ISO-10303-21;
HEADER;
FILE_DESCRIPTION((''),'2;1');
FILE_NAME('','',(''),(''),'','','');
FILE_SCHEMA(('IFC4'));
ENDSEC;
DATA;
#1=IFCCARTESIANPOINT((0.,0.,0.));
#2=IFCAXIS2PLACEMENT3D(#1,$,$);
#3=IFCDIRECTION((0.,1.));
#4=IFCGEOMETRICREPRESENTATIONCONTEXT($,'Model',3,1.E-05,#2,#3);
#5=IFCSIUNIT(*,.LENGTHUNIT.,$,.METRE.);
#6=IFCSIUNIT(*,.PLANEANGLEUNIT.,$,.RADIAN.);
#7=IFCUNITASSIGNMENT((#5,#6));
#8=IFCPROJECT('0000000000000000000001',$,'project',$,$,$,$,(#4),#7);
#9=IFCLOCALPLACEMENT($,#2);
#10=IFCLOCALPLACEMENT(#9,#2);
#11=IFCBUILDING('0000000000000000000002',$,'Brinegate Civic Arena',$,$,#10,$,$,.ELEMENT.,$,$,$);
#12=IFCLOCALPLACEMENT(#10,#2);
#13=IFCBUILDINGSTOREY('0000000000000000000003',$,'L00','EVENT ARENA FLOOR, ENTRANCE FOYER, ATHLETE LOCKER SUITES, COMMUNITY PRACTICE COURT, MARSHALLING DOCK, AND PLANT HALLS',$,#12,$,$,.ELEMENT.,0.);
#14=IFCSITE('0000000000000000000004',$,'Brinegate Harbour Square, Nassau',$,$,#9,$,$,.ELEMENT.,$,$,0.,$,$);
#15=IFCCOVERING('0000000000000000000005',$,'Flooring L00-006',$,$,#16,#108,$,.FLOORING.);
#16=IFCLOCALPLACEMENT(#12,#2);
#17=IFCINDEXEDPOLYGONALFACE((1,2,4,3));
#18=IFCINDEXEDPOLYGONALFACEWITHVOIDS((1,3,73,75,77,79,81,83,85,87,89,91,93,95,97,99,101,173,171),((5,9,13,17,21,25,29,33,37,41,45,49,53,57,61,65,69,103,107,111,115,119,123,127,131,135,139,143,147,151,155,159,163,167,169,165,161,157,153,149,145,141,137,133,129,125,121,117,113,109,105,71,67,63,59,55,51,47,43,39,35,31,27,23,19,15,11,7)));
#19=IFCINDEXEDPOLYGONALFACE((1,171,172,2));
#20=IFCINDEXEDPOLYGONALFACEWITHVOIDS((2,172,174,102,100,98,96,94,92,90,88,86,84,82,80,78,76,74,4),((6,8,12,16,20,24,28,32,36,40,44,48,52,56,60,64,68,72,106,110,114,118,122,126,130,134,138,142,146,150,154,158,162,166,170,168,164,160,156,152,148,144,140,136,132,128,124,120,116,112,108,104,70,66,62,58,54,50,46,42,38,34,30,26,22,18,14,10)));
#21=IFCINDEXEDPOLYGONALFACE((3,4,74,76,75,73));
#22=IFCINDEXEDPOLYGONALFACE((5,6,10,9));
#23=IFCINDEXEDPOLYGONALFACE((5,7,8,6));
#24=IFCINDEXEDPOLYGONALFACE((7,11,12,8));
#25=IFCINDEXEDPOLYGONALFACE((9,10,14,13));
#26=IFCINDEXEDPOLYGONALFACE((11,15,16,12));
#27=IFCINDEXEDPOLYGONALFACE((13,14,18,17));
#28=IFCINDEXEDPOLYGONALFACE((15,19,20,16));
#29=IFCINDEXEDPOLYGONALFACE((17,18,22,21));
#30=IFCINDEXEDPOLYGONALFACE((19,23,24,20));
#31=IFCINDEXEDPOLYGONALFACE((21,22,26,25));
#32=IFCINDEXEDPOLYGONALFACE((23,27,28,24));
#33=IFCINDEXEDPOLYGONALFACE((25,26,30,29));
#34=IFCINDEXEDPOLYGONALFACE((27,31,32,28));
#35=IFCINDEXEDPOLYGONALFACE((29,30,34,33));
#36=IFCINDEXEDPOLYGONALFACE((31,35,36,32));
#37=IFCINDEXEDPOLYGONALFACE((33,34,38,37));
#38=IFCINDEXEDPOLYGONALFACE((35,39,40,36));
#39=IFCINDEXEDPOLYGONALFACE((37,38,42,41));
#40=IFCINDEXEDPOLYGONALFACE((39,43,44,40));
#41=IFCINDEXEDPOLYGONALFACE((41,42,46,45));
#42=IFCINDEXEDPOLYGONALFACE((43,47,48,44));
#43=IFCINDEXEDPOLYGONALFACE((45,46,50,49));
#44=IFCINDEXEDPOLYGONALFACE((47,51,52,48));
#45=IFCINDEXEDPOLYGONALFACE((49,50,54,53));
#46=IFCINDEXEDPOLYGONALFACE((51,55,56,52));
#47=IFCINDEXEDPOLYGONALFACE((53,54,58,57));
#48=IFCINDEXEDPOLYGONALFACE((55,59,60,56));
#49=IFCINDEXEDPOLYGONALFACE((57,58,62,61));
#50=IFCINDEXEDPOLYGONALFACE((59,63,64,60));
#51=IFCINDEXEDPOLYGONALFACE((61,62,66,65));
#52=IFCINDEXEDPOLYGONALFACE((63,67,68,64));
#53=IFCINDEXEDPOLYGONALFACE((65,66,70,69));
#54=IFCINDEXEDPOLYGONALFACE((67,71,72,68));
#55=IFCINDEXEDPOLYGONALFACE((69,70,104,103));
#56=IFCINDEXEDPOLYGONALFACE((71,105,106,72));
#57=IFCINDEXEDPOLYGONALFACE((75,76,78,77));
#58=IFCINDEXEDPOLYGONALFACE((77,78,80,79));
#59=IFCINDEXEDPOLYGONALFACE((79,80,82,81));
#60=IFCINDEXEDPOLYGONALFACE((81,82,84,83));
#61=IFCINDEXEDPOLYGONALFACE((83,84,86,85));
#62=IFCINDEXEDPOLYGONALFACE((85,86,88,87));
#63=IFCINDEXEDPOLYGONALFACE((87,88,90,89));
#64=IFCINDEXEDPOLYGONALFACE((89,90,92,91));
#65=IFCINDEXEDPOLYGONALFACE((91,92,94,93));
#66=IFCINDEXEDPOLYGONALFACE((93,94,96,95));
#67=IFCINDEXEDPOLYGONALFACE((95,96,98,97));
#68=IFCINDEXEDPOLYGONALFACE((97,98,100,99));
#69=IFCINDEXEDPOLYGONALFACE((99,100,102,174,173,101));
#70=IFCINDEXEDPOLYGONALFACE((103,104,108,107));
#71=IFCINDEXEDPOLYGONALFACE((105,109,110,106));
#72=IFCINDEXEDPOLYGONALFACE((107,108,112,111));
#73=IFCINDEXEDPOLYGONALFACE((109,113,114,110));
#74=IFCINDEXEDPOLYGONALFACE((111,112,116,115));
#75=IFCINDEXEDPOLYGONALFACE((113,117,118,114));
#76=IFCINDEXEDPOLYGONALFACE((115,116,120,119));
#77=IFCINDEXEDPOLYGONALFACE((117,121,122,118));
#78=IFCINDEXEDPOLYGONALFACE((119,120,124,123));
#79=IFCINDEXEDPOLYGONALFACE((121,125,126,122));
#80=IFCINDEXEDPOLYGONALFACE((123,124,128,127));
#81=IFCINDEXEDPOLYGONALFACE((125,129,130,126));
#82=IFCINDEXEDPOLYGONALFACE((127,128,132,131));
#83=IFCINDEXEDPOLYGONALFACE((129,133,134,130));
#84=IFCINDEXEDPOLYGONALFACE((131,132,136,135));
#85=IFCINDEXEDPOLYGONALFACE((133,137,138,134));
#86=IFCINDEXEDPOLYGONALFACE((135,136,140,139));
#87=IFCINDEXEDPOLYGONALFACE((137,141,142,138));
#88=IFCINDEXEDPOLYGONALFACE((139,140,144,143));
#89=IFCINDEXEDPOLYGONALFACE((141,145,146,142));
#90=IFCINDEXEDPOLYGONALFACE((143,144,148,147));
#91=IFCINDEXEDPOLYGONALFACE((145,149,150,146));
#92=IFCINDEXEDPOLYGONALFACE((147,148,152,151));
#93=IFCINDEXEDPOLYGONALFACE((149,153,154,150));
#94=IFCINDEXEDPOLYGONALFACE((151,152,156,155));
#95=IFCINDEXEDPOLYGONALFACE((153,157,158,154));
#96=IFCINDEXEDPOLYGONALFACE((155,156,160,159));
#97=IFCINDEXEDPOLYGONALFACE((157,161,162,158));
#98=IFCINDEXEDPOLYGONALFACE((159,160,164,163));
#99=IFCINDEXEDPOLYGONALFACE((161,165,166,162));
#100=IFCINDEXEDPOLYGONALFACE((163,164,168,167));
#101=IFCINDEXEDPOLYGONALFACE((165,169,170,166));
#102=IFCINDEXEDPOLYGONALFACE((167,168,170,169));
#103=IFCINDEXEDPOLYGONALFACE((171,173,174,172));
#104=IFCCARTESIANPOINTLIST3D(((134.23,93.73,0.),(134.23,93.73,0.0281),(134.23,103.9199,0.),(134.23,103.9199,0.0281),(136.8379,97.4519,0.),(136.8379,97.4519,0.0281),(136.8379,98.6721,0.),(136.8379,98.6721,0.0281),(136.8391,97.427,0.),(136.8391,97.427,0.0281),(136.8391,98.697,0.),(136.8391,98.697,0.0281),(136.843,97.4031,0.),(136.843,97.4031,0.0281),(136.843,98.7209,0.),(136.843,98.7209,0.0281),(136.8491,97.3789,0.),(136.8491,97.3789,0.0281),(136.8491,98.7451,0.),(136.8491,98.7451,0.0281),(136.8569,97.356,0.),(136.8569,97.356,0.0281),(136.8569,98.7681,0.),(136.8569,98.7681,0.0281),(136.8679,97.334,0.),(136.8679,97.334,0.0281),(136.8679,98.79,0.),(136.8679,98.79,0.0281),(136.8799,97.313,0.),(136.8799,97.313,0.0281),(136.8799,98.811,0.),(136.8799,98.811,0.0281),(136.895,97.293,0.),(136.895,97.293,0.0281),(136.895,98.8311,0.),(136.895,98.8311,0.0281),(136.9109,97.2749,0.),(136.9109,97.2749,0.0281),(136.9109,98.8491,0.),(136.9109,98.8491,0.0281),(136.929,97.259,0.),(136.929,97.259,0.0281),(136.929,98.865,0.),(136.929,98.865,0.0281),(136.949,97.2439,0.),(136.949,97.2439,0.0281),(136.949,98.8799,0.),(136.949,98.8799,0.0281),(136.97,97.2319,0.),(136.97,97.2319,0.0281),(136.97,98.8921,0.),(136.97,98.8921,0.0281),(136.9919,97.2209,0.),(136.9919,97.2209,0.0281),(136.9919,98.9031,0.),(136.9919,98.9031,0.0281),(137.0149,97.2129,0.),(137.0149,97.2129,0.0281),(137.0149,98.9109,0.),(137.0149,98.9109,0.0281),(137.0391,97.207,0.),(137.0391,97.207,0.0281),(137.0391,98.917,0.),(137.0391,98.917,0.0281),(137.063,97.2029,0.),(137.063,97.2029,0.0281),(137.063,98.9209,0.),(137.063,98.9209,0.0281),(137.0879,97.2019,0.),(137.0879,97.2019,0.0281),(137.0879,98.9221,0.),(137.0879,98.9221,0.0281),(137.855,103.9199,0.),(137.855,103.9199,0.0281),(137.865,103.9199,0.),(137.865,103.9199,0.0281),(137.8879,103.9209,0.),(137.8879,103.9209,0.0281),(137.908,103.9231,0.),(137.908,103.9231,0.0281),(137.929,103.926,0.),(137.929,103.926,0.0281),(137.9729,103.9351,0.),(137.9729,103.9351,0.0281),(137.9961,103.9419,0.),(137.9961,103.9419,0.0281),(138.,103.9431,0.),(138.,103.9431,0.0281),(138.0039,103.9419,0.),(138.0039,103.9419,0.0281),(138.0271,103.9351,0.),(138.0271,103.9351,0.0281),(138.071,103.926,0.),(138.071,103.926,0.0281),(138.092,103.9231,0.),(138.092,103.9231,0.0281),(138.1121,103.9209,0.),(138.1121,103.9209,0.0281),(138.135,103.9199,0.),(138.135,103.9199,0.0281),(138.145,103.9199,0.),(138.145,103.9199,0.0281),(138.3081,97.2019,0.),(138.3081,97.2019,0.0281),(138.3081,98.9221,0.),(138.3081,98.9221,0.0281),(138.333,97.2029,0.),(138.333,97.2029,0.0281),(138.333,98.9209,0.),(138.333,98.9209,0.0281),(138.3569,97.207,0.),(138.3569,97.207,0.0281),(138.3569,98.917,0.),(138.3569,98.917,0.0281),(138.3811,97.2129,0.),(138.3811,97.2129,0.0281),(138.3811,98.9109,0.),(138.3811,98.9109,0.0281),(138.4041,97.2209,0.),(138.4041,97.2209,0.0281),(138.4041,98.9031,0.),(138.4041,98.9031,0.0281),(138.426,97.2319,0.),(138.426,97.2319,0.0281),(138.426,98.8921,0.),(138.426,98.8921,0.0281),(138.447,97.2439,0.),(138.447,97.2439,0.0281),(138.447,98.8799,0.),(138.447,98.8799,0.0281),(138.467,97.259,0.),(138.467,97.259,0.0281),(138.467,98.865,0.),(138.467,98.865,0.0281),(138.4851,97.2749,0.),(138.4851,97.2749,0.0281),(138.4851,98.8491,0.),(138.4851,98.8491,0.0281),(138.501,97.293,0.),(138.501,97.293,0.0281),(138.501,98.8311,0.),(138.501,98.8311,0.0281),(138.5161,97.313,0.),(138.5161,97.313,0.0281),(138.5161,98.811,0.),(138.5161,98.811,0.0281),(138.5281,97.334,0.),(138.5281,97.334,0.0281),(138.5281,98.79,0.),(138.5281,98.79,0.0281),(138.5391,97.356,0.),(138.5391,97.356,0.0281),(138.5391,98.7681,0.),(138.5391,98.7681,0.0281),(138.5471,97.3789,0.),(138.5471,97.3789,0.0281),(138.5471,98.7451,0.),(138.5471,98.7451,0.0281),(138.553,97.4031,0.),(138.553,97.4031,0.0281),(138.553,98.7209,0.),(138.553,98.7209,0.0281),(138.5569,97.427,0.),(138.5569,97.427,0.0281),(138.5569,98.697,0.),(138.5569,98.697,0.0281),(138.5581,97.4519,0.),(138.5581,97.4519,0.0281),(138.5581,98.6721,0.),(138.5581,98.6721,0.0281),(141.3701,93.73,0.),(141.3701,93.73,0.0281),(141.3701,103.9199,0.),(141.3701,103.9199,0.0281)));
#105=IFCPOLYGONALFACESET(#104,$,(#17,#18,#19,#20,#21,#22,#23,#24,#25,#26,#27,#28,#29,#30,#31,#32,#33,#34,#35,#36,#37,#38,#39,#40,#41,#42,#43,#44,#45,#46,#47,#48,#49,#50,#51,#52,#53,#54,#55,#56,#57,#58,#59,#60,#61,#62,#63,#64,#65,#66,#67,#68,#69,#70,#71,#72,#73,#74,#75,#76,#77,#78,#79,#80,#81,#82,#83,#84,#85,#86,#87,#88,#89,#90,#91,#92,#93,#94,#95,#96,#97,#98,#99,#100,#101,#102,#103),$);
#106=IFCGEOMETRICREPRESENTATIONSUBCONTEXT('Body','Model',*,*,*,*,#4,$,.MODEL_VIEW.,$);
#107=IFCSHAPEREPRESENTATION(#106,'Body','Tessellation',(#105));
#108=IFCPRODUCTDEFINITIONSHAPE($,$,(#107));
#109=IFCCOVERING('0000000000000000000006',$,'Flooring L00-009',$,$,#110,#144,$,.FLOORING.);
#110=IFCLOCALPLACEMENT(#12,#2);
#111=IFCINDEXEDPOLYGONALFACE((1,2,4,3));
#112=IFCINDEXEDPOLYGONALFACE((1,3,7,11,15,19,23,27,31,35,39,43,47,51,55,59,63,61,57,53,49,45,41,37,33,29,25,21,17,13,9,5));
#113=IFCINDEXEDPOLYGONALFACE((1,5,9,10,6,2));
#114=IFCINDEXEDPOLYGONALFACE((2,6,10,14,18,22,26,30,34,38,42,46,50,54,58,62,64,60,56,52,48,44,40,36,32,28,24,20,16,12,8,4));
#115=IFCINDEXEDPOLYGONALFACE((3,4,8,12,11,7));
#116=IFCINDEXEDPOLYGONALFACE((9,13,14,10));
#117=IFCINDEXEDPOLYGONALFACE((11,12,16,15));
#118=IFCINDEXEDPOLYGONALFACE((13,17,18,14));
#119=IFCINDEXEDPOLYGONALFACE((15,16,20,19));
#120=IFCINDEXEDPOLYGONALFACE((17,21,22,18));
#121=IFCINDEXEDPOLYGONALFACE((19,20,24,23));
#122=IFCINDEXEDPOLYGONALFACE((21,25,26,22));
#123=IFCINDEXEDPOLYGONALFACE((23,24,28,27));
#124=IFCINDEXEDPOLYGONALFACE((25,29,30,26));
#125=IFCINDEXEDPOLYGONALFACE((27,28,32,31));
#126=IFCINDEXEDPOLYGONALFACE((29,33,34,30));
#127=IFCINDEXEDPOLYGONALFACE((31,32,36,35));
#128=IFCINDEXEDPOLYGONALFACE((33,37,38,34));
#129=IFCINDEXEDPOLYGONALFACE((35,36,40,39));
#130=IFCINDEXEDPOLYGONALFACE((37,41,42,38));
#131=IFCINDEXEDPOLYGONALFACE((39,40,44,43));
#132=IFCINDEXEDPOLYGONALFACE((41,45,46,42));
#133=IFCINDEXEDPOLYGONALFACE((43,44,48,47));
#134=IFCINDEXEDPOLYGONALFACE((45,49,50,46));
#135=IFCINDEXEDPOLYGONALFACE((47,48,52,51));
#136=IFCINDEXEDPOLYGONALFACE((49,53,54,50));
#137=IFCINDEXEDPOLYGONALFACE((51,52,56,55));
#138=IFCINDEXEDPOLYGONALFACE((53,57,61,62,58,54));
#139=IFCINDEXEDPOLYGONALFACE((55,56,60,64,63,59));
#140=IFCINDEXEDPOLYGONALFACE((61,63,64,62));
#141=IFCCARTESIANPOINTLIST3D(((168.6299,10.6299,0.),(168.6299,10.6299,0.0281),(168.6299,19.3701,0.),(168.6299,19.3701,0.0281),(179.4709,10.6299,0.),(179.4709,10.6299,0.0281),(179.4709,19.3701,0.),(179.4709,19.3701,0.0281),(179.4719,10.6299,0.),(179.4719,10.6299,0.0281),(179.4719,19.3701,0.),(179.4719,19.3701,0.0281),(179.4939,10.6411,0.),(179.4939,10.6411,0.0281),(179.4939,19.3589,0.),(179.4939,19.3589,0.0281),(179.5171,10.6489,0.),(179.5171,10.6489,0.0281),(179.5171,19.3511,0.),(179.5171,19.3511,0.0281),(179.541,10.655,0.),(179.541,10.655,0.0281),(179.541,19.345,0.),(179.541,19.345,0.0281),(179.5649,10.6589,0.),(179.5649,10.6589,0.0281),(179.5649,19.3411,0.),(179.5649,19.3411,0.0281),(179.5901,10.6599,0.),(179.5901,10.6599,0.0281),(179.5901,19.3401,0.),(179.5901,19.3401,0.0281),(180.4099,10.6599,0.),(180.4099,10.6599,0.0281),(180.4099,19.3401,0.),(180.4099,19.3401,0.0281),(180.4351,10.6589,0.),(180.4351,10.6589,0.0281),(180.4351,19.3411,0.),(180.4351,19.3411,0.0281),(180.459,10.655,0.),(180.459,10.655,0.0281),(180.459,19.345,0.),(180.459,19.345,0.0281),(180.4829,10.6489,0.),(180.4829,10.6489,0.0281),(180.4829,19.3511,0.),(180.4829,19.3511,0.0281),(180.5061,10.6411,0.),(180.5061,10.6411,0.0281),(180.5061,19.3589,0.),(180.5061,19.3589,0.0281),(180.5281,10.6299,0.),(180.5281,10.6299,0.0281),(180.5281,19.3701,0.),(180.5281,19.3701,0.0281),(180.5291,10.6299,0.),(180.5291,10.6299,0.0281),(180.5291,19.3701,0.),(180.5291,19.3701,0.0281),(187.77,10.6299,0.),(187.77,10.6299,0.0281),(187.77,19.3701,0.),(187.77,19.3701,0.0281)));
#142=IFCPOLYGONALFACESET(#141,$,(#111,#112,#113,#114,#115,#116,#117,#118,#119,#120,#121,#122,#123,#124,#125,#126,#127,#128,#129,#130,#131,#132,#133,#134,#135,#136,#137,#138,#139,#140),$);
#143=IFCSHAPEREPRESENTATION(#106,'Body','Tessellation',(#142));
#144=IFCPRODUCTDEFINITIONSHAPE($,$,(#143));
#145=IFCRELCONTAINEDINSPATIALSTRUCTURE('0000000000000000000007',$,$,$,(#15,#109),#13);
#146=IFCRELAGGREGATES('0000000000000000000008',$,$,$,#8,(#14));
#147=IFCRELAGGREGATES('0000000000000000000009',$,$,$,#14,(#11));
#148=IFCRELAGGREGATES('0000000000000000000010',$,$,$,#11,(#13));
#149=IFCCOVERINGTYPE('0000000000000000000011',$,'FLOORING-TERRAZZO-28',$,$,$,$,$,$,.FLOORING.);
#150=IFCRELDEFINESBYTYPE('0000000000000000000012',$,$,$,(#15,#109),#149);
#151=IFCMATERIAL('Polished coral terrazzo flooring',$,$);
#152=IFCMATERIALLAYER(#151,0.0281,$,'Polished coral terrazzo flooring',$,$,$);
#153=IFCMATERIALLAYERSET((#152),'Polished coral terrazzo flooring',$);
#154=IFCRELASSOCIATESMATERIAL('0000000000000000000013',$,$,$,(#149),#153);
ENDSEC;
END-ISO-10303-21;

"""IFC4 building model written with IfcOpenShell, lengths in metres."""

from ifc_helpers import new_model, si_unit, direction, origin, place, context, subcontext, project, spatial, polyline, outline, extrude, material, layer, layer_set, type_object, element, save


model = new_model("IFC4")

# Units and contexts
model_context = context("Model", 3, precision=1e-05, world=origin(), true_north=direction((0.0, 1.0)))
body_context = subcontext(model_context, "Body", "Model", "MODEL_VIEW")
ifc_project = project(units=[si_unit("LENGTHUNIT", "METRE"), si_unit("PLANEANGLEUNIT", "RADIAN")], contexts=[model_context])

# Site, building, storey
site_placement = place(None, origin())
site = spatial("IfcSite", under=ifc_project, at=site_placement, Name="Brinegate Harbour Square, Nassau", CompositionType="ELEMENT", RefElevation=0.0)
building_placement = place(site_placement, origin())
building = spatial("IfcBuilding", under=site, at=building_placement, Name="Brinegate Civic Arena", CompositionType="ELEMENT")
storey_placement = place(building_placement, origin())
storey = spatial("IfcBuildingStorey", under=building, at=storey_placement, Name="L00", Description="EVENT ARENA FLOOR, ENTRANCE FOYER, ATHLETE LOCKER SUITES, COMMUNITY PRACTICE COURT, MARSHALLING DOCK, AND PLANT HALLS", CompositionType="ELEMENT", Elevation=0.0)

# Coverings
ifc_material_1 = material(Name="Polished coral terrazzo flooring")
ifc_layer_1 = layer(ifc_material_1, 0.0281, Name="Polished coral terrazzo flooring")
ifc_layer_set_1 = layer_set([ifc_layer_1], Name="Polished coral terrazzo flooring")
covering_type_1 = type_object("IfcCoveringType", Name="FLOORING-TERRAZZO-28", PredefinedType="FLOORING", material=ifc_layer_set_1)
covering_1_placement = place(storey_placement, origin())
element("IfcCovering", 1, at=covering_1_placement, inside=storey, type_object=covering_type_1, Name="Flooring L00-006", PredefinedType="FLOORING", context=body_context, shape_type="SweptSolid", body=[
    extrude(outline(polyline([(134.23, 103.9199), (137.855, 103.9199), (137.865, 103.9199), (137.8879, 103.9209), (137.908, 103.9231), (137.929, 103.926), (137.9729, 103.9351), (137.9961, 103.9419), (138.0, 103.9431), (138.0039, 103.9419), (138.0271, 103.9351), (138.071, 103.926), (138.092, 103.9231), (138.1121, 103.9209), (138.135, 103.9199), (138.145, 103.9199), (141.3701, 103.9199), (141.3701, 93.73), (134.23, 93.73), (134.23, 103.9199)]), holes=[polyline([(138.5581, 98.6721), (138.5569, 98.697), (138.553, 98.7209), (138.5471, 98.7451), (138.5391, 98.7681), (138.5281, 98.79), (138.5161, 98.811), (138.501, 98.8311), (138.4851, 98.8491), (138.467, 98.865), (138.447, 98.8799), (138.426, 98.8921), (138.4041, 98.9031), (138.3811, 98.9109), (138.3569, 98.917), (138.333, 98.9209), (138.3081, 98.9221), (137.0879, 98.9221), (137.063, 98.9209), (137.0391, 98.917), (137.0149, 98.9109), (136.9919, 98.9031), (136.97, 98.8921), (136.949, 98.8799), (136.929, 98.865), (136.9109, 98.8491), (136.895, 98.8311), (136.8799, 98.811), (136.8679, 98.79), (136.8569, 98.7681), (136.8491, 98.7451), (136.843, 98.7209), (136.8391, 98.697), (136.8379, 98.6721), (136.8379, 97.4519), (136.8391, 97.427), (136.843, 97.4031), (136.8491, 97.3789), (136.8569, 97.356), (136.8679, 97.334), (136.8799, 97.313), (136.895, 97.293), (136.9109, 97.2749), (136.929, 97.259), (136.949, 97.2439), (136.97, 97.2319), (136.9919, 97.2209), (137.0149, 97.2129), (137.0391, 97.207), (137.063, 97.2029), (137.0879, 97.2019), (138.3081, 97.2019), (138.333, 97.2029), (138.3569, 97.207), (138.3811, 97.2129), (138.4041, 97.2209), (138.426, 97.2319), (138.447, 97.2439), (138.467, 97.259), (138.4851, 97.2749), (138.501, 97.293), (138.5161, 97.313), (138.5281, 97.334), (138.5391, 97.356), (138.5471, 97.3789), (138.553, 97.4031), (138.5569, 97.427), (138.5581, 97.4519), (138.5581, 98.6721)])]), origin(), (0.0, 0.0, 1.0), 0.0281),
])
covering_2_placement = place(storey_placement, origin())
element("IfcCovering", 2, at=covering_2_placement, inside=storey, type_object=covering_type_1, Name="Flooring L00-009", PredefinedType="FLOORING", context=body_context, shape_type="SweptSolid", body=[
    extrude(outline(polyline([(168.6299, 10.6299), (168.6299, 19.3701), (179.4709, 19.3701), (179.4719, 19.3701), (179.4939, 19.3589), (179.5171, 19.3511), (179.541, 19.345), (179.5649, 19.3411), (179.5901, 19.3401), (180.4099, 19.3401), (180.4351, 19.3411), (180.459, 19.345), (180.4829, 19.3511), (180.5061, 19.3589), (180.5281, 19.3701), (180.5291, 19.3701), (187.77, 19.3701), (187.77, 10.6299), (180.5291, 10.6299), (180.5281, 10.6299), (180.5061, 10.6411), (180.4829, 10.6489), (180.459, 10.655), (180.4351, 10.6589), (180.4099, 10.6599), (179.5901, 10.6599), (179.5649, 10.6589), (179.541, 10.655), (179.5171, 10.6489), (179.4939, 10.6411), (179.4719, 10.6299), (179.4709, 10.6299), (168.6299, 10.6299)])), origin(), (0.0, 0.0, 1.0), 0.0281),
])

save(model, "model.ifc")
